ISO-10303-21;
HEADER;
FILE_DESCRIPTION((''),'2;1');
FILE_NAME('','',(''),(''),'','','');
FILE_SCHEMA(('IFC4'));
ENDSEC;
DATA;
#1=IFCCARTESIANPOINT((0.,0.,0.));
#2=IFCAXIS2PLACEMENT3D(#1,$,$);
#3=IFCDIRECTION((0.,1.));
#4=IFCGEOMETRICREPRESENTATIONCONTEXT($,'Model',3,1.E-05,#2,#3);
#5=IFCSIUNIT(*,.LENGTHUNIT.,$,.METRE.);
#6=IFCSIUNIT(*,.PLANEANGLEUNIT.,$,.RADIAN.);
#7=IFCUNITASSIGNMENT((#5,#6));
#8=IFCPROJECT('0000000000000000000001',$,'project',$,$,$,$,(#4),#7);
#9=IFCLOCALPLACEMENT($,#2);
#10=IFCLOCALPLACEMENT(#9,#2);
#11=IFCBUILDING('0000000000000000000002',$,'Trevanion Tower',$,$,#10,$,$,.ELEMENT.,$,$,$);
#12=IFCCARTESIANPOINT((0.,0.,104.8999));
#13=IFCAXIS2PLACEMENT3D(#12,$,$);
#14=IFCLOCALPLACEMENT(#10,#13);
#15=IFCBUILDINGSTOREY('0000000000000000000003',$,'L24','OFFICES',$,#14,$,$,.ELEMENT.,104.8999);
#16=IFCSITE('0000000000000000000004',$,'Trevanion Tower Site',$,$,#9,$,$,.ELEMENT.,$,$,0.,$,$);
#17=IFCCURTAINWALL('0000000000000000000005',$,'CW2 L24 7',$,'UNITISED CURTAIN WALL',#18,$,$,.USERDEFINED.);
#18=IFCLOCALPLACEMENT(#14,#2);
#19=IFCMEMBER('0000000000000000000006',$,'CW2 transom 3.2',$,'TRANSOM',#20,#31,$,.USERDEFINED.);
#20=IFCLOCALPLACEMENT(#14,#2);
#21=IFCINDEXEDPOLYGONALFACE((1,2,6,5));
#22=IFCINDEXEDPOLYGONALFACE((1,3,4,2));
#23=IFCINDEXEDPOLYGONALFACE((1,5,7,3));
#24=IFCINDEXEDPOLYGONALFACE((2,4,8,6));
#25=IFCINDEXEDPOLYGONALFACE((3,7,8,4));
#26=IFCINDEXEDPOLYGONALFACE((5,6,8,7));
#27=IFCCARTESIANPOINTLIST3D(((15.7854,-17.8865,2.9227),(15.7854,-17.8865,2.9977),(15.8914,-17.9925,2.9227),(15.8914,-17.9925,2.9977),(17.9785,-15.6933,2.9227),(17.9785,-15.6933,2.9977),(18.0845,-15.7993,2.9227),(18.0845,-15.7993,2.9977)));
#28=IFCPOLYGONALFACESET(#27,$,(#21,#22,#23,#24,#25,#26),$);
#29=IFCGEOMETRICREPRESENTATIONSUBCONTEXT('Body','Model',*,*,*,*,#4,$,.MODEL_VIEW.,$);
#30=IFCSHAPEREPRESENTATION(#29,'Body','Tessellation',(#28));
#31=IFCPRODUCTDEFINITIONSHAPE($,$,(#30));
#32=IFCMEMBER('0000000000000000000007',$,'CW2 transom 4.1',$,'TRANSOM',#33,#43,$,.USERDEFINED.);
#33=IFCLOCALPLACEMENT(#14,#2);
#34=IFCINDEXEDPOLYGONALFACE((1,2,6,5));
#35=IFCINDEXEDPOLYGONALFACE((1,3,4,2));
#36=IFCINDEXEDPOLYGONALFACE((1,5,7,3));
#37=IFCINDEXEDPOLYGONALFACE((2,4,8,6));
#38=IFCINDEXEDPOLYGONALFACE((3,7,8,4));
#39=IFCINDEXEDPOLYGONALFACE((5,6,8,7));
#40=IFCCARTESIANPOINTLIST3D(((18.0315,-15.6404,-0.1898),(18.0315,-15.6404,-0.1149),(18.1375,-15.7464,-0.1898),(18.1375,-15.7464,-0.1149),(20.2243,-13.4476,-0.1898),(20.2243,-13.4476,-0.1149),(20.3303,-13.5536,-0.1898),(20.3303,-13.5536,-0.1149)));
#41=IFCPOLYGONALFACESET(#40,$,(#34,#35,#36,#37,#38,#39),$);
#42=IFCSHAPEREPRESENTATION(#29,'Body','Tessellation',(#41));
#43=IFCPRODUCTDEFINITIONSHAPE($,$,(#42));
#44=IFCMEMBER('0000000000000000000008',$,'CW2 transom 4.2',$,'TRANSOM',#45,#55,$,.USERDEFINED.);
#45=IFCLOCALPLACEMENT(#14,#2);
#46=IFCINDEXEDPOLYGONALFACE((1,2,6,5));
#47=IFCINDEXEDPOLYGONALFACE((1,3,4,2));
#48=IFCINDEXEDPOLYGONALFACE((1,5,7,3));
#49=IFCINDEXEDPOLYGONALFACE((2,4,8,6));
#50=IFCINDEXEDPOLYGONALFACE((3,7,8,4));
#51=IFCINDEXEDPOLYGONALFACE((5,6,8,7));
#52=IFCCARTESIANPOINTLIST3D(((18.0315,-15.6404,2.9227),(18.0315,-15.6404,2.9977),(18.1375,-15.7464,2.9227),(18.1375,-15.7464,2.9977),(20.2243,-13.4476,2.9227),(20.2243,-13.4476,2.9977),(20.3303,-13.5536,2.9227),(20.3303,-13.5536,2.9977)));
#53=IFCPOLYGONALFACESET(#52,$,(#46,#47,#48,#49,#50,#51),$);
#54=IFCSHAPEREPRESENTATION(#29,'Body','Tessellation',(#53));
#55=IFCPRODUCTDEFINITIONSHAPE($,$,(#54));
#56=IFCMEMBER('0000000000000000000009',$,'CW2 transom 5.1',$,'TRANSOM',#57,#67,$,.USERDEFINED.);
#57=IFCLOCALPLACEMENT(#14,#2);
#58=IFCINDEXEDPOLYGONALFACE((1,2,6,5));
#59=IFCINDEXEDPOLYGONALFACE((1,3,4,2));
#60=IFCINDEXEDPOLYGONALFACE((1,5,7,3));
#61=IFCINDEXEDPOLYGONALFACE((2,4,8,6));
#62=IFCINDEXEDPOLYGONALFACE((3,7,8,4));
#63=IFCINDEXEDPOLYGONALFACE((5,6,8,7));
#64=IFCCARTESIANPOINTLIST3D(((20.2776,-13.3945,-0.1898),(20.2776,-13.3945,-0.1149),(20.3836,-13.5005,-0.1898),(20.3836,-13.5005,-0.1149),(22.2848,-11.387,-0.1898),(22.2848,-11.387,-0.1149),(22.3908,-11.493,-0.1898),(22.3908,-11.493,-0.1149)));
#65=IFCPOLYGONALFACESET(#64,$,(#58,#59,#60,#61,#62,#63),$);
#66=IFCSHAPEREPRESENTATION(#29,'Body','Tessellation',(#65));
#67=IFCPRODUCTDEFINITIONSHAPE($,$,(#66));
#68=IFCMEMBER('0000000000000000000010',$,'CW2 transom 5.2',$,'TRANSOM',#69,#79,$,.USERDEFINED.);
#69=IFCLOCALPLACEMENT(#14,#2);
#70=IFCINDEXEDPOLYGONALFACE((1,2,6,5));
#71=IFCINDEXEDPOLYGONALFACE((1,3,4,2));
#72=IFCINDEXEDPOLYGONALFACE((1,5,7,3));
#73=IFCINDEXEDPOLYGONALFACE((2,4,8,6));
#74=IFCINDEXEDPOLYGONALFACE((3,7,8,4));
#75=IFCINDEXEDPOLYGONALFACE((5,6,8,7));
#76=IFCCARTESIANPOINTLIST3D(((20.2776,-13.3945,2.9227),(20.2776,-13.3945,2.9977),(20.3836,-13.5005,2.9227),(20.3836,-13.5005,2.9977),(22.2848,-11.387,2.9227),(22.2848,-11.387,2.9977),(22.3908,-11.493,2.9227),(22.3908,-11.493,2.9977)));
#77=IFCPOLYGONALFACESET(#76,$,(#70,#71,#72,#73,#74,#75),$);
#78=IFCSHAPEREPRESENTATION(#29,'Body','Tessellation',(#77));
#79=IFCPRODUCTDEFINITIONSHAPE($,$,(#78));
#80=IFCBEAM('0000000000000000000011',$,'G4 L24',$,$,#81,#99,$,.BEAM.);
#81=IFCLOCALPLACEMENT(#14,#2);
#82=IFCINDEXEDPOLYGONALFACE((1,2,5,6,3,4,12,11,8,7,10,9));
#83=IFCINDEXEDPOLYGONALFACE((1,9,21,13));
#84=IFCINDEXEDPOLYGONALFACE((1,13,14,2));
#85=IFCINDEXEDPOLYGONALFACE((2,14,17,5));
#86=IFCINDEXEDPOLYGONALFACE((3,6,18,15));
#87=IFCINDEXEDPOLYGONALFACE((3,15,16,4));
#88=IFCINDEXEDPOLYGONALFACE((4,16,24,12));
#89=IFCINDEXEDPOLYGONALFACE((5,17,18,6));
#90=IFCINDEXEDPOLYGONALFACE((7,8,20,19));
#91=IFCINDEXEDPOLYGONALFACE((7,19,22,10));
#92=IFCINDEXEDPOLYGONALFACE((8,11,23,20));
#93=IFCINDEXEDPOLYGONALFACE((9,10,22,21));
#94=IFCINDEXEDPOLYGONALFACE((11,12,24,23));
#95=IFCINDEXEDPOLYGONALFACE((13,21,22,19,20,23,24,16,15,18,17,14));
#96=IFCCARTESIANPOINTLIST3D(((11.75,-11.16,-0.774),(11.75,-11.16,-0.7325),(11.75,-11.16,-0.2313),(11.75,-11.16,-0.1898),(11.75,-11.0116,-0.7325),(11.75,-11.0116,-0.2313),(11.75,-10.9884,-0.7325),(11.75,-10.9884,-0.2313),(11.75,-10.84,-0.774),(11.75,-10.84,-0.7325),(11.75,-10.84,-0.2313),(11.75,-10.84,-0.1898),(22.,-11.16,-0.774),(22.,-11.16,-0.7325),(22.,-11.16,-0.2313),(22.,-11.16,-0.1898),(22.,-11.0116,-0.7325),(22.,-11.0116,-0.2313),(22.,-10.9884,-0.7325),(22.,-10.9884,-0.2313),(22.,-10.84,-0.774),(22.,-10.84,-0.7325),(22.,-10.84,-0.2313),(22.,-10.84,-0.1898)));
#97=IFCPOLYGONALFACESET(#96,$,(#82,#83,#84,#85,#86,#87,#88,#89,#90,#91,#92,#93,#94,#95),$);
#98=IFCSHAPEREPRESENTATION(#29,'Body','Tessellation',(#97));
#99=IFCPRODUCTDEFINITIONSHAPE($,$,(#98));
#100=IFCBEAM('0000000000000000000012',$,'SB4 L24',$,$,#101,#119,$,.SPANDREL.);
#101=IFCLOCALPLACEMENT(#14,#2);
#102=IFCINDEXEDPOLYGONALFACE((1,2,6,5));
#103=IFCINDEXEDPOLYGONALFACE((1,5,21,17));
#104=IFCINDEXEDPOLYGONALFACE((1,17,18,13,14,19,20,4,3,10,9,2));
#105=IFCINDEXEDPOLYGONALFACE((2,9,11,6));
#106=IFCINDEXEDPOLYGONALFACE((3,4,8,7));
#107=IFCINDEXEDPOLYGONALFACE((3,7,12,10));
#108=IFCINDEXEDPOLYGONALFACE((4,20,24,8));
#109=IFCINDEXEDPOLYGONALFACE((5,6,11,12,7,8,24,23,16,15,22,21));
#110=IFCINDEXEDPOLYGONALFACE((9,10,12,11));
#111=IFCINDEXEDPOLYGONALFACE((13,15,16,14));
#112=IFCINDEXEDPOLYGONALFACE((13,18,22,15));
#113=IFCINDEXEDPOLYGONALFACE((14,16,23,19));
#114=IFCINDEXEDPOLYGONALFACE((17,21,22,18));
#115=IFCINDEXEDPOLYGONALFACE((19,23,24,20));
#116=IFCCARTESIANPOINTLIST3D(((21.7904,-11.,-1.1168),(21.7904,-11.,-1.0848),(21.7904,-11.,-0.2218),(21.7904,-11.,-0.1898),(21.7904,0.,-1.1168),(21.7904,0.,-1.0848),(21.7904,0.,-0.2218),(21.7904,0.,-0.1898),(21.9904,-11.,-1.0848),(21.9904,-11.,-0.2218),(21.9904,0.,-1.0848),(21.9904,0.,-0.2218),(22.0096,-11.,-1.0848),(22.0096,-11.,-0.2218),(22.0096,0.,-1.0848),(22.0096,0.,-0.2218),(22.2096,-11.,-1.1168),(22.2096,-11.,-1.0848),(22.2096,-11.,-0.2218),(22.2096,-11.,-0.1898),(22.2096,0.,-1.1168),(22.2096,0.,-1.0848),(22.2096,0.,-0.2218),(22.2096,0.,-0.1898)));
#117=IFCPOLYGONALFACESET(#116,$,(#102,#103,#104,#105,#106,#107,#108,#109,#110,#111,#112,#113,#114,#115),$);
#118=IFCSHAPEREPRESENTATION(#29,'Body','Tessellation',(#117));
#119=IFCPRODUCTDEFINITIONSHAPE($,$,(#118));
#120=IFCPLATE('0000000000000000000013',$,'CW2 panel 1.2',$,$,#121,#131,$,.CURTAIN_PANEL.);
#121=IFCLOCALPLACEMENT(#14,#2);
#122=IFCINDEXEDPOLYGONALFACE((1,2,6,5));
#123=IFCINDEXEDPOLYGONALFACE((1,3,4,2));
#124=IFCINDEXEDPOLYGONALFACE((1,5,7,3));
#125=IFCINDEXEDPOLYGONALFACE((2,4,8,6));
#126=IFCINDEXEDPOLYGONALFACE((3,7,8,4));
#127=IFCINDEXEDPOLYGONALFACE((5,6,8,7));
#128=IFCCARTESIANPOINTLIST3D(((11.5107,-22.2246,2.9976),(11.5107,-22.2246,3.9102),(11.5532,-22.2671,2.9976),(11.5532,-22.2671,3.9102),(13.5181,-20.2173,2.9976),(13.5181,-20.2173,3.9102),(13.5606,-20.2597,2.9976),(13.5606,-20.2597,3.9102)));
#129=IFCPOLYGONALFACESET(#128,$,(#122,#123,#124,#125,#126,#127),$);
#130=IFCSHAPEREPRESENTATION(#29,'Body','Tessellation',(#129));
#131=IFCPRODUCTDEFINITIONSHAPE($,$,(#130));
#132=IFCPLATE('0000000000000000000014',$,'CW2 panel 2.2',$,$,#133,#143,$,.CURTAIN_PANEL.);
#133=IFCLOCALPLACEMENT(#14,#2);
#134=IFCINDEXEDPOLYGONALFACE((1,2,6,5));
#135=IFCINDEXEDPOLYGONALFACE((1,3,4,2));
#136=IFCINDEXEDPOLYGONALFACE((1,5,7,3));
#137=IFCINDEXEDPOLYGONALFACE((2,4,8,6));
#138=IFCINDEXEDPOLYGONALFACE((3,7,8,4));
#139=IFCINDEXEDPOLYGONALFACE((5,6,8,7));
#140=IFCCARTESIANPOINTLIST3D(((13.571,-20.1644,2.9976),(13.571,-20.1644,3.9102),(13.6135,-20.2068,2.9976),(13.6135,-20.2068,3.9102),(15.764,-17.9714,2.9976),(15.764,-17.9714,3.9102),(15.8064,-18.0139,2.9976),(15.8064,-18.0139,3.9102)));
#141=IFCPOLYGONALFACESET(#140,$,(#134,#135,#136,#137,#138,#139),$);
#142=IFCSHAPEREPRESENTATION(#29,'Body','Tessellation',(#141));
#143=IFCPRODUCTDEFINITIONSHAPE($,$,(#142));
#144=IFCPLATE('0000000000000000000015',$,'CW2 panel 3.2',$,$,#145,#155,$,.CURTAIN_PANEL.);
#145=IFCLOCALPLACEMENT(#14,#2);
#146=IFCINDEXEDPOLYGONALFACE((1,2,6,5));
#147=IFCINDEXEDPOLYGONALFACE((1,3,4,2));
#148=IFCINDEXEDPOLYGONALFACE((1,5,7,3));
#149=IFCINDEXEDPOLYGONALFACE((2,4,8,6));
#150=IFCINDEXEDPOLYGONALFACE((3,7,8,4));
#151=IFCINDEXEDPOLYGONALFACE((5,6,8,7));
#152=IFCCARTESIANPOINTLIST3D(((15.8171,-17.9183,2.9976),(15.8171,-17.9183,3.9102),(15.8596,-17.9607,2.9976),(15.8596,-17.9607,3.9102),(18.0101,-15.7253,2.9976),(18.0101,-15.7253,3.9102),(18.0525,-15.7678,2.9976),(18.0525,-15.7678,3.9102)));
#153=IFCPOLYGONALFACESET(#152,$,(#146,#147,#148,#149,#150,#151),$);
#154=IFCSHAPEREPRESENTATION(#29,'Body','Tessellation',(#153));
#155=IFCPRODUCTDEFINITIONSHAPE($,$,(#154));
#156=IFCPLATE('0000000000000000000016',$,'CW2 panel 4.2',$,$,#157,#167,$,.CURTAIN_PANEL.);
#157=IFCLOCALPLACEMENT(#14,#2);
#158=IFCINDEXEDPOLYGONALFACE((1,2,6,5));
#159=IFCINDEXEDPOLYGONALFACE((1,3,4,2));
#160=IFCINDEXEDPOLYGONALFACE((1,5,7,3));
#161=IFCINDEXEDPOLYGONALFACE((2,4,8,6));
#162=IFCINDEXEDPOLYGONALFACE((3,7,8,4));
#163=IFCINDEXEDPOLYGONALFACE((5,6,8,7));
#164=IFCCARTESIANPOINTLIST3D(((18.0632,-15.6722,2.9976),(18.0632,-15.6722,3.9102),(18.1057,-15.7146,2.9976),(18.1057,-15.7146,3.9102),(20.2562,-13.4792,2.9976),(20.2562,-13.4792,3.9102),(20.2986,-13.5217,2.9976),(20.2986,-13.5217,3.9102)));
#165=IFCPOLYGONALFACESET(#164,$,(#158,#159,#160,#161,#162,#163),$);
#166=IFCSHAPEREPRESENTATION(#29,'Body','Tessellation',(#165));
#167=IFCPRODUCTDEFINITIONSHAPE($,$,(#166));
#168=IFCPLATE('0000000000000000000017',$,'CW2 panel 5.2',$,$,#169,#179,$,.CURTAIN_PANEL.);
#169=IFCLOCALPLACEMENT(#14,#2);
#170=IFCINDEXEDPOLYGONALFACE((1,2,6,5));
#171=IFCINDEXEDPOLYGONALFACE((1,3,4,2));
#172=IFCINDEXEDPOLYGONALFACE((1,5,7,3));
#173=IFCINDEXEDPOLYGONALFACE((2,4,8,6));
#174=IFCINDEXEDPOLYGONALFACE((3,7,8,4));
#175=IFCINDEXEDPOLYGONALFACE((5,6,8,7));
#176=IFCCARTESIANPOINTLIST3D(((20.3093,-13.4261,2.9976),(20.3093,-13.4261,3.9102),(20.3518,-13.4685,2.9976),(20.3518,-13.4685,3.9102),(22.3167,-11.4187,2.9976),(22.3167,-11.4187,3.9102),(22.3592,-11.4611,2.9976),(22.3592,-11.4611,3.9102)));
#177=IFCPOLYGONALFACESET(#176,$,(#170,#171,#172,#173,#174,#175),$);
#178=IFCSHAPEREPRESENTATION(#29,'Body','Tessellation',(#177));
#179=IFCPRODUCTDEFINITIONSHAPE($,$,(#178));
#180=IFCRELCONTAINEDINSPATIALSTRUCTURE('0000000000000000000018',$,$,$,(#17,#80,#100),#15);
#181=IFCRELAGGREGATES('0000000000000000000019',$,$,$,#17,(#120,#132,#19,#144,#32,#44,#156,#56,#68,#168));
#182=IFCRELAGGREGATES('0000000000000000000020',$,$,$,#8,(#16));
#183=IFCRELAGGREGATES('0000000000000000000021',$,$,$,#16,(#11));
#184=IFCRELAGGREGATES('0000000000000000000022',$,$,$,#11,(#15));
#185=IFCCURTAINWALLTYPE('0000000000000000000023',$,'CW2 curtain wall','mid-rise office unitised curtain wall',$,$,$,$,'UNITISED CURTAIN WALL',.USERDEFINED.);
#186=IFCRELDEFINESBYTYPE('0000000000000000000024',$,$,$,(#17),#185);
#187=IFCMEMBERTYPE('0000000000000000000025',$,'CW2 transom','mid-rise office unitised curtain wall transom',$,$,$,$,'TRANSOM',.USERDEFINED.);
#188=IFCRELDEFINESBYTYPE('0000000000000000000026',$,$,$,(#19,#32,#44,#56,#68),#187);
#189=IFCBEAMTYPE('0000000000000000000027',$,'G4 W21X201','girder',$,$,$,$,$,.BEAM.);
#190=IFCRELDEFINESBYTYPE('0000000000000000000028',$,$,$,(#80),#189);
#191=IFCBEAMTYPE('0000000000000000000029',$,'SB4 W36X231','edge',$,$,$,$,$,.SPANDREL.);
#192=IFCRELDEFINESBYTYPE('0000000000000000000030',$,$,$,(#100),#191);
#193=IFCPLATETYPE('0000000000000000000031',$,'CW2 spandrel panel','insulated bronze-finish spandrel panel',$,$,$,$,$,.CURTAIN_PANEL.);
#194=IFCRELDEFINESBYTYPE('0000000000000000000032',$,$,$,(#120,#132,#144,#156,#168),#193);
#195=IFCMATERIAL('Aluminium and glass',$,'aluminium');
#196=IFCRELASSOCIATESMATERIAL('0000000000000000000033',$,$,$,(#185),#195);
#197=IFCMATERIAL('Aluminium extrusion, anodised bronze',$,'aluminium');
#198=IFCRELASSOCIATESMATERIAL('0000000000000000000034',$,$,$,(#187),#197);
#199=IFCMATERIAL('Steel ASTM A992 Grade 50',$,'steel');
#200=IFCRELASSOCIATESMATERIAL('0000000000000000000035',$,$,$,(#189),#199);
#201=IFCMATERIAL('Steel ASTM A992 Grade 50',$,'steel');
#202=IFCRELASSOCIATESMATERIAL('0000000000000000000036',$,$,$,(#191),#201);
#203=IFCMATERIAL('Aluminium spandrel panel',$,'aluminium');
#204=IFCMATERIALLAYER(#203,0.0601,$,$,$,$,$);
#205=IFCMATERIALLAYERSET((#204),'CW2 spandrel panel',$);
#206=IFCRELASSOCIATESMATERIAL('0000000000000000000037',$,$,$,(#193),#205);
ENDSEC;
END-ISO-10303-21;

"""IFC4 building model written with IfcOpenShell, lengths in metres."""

from ifc_helpers import new_model, si_unit, direction, frame, origin, origin_2d, place, context, subcontext, project, spatial, rectangle, i_section, extrude, material, layer, layer_set, material_profile, profile_set, type_object, element, aggregate, save


model = new_model("IFC4")

# Units and contexts
model_context = context("Model", 3, precision=1e-05, world=origin(), true_north=direction((0.0, 1.0)))
body_context = subcontext(model_context, "Body", "Model", "MODEL_VIEW")
ifc_project = project(units=[si_unit("LENGTHUNIT", "METRE"), si_unit("PLANEANGLEUNIT", "RADIAN")], contexts=[model_context])

# Site, building, storey
site_placement = place(None, origin())
site = spatial("IfcSite", under=ifc_project, at=site_placement, Name="Trevanion Tower Site", CompositionType="ELEMENT", RefElevation=0.0)
building_placement = place(site_placement, origin())
building = spatial("IfcBuilding", under=site, at=building_placement, Name="Trevanion Tower", CompositionType="ELEMENT")
storey_placement = place(building_placement, frame((0.0, 0.0, 104.8999)))
storey = spatial("IfcBuildingStorey", under=building, at=storey_placement, Name="L24", Description="OFFICES", CompositionType="ELEMENT", Elevation=104.8999)

# Curtain wall, members
ifc_material_1 = material(Name="Aluminium and glass", Category="aluminium")
curtain_wall_type = type_object("IfcCurtainWallType", Name="CW2 curtain wall", Description="mid-rise office unitised curtain wall", ElementType="UNITISED CURTAIN WALL", PredefinedType="USERDEFINED", material=ifc_material_1)
curtain_wall_placement = place(storey_placement, origin())
curtain_wall = element("IfcCurtainWall", 1, at=curtain_wall_placement, inside=storey, type_object=curtain_wall_type, Name="CW2 L24 7", ObjectType="UNITISED CURTAIN WALL", PredefinedType="USERDEFINED")
ifc_material_2 = material(Name="Aluminium extrusion, anodised bronze", Category="aluminium")
ifc_material_profile_1 = material_profile(ifc_material_2, rectangle(XDim=0.1499, YDim=0.075, at=origin_2d()), Name="CW2 transom")
ifc_profile_set_1 = profile_set([ifc_material_profile_1], Name="Aluminium extrusion, anodised bronze")
member_type_1 = type_object("IfcMemberType", Name="CW2 transom", Description="mid-rise office unitised curtain wall transom", ElementType="TRANSOM", PredefinedType="USERDEFINED", material=ifc_profile_set_1)
member_1_placement = place(storey_placement, frame((15.8384, -17.9395, 2.9602), z_axis=(0.707107, 0.707107, 0.0), x_axis=(-0.707107, 0.707107, 0.0)))
member_1 = element("IfcMember", 2, at=member_1_placement, type_object=member_type_1, Name="CW2 transom 3.2", ObjectType="TRANSOM", PredefinedType="USERDEFINED", context=body_context, shape_type="SweptSolid", body=[
    extrude(rectangle(XDim=0.1499, YDim=0.075, at=origin_2d()), origin(), (0.0, 0.0, 1.0), 3.1016),
])
member_2_placement = place(storey_placement, frame((18.0845, -15.6934, -0.1523), z_axis=(0.707107, 0.707107, 0.0), x_axis=(-0.707107, 0.707107, 0.0)))
member_2 = element("IfcMember", 3, at=member_2_placement, type_object=member_type_1, Name="CW2 transom 4.1", ObjectType="TRANSOM", PredefinedType="USERDEFINED", context=body_context, shape_type="SweptSolid", body=[
    extrude(rectangle(XDim=0.1499, YDim=0.075, at=origin_2d()), origin(), (0.0, 0.0, 1.0), 3.1011),
])
member_3_placement = place(storey_placement, frame((18.0845, -15.6934, 2.9602), z_axis=(0.707107, 0.707107, 0.0), x_axis=(-0.707107, 0.707107, 0.0)))
member_3 = element("IfcMember", 4, at=member_3_placement, type_object=member_type_1, Name="CW2 transom 4.2", ObjectType="TRANSOM", PredefinedType="USERDEFINED", context=body_context, shape_type="SweptSolid", body=[
    extrude(rectangle(XDim=0.1499, YDim=0.075, at=origin_2d()), origin(), (0.0, 0.0, 1.0), 3.1011),
])
member_4_placement = place(storey_placement, frame((20.3306, -13.4475, -0.1523), z_axis=(0.707064, 0.70715, 0.0), x_axis=(-0.70715, 0.707064, 0.0)))
member_4 = element("IfcMember", 5, at=member_4_placement, type_object=member_type_1, Name="CW2 transom 5.1", ObjectType="TRANSOM", PredefinedType="USERDEFINED", context=body_context, shape_type="SweptSolid", body=[
    extrude(rectangle(XDim=0.1499, YDim=0.075, at=origin_2d()), origin(), (0.0, 0.0, 1.0), 2.8389),
])
member_5_placement = place(storey_placement, frame((20.3306, -13.4475, 2.9602), z_axis=(0.707064, 0.70715, 0.0), x_axis=(-0.70715, 0.707064, 0.0)))
member_5 = element("IfcMember", 6, at=member_5_placement, type_object=member_type_1, Name="CW2 transom 5.2", ObjectType="TRANSOM", PredefinedType="USERDEFINED", context=body_context, shape_type="SweptSolid", body=[
    extrude(rectangle(XDim=0.1499, YDim=0.075, at=origin_2d()), origin(), (0.0, 0.0, 1.0), 2.8389),
])

# Beams
ifc_material_3 = material(Name="Steel ASTM A992 Grade 50", Category="steel")
ifc_material_profile_2 = material_profile(ifc_material_3, i_section(OverallWidth=0.3201, OverallDepth=0.5842, WebThickness=0.0232, FlangeThickness=0.0415, at=origin_2d()), Name="W21X201")
ifc_profile_set_2 = profile_set([ifc_material_profile_2], Name="Steel ASTM A992 Grade 50")
beam_type_1 = type_object("IfcBeamType", Name="G4 W21X201", Description="girder", PredefinedType="BEAM", material=ifc_profile_set_2)
beam_1_placement = place(storey_placement, frame((11.75, -11.0, -0.4819), z_axis=(1.0, 0.0, 0.0), x_axis=(0.0, 1.0, 0.0)))
element("IfcBeam", 7, at=beam_1_placement, inside=storey, type_object=beam_type_1, Name="G4 L24", PredefinedType="BEAM", context=body_context, shape_type="SweptSolid", body=[
    extrude(i_section(OverallWidth=0.3201, OverallDepth=0.5842, WebThickness=0.0232, FlangeThickness=0.0415, at=origin_2d()), origin(), (0.0, 0.0, 1.0), 10.25),
])
ifc_material_4 = material(Name="Steel ASTM A992 Grade 50", Category="steel")
ifc_material_profile_3 = material_profile(ifc_material_4, i_section(OverallWidth=0.4192, OverallDepth=0.927, WebThickness=0.0193, FlangeThickness=0.032, at=origin_2d()), Name="W36X231")
ifc_profile_set_3 = profile_set([ifc_material_profile_3], Name="Steel ASTM A992 Grade 50")
beam_type_2 = type_object("IfcBeamType", Name="SB4 W36X231", Description="edge", PredefinedType="SPANDREL", material=ifc_profile_set_3)
beam_2_placement = place(storey_placement, frame((22.0, -11.0, -0.6533), z_axis=(0.0, 1.0, 0.0), x_axis=(-1.0, 0.0, 0.0)))
element("IfcBeam", 8, at=beam_2_placement, inside=storey, type_object=beam_type_2, Name="SB4 L24", PredefinedType="SPANDREL", context=body_context, shape_type="SweptSolid", body=[
    extrude(i_section(OverallWidth=0.4192, OverallDepth=0.927, WebThickness=0.0193, FlangeThickness=0.032, at=origin_2d()), origin(), (0.0, 0.0, 1.0), 11.0),
])

# Plates
ifc_material_5 = material(Name="Aluminium spandrel panel", Category="aluminium")
ifc_layer_1 = layer(ifc_material_5, 0.0601)
ifc_layer_set_1 = layer_set([ifc_layer_1], Name="CW2 spandrel panel")
plate_type_1 = type_object("IfcPlateType", Name="CW2 spandrel panel", Description="insulated bronze-finish spandrel panel", PredefinedType="CURTAIN_PANEL", material=ifc_layer_set_1)
plate_1_placement = place(storey_placement, frame((12.5356, -21.2422, 2.9976), z_axis=(0.0, 0.0, 1.0), x_axis=(0.707107, 0.707107, 0.0)))
plate_1 = element("IfcPlate", 9, at=plate_1_placement, type_object=plate_type_1, Name="CW2 panel 1.2", PredefinedType="CURTAIN_PANEL", context=body_context, shape_type="SweptSolid", body=[
    extrude(rectangle(XDim=2.8389, YDim=0.0601, at=origin_2d()), origin(), (0.0, 0.0, 1.0), 0.9126),
])
plate_2_placement = place(storey_placement, frame((14.6887, -19.0891, 2.9976), z_axis=(0.0, 0.0, 1.0), x_axis=(0.707107, 0.707107, 0.0)))
plate_2 = element("IfcPlate", 10, at=plate_2_placement, type_object=plate_type_1, Name="CW2 panel 2.2", PredefinedType="CURTAIN_PANEL", context=body_context, shape_type="SweptSolid", body=[
    extrude(rectangle(XDim=3.1013, YDim=0.0601, at=origin_2d()), origin(), (0.0, 0.0, 1.0), 0.9126),
])
plate_3_placement = place(storey_placement, frame((16.9348, -16.843, 2.9976), z_axis=(0.0, 0.0, 1.0), x_axis=(0.707107, 0.707107, 0.0)))
plate_3 = element("IfcPlate", 11, at=plate_3_placement, type_object=plate_type_1, Name="CW2 panel 3.2", PredefinedType="CURTAIN_PANEL", context=body_context, shape_type="SweptSolid", body=[
    extrude(rectangle(XDim=3.1013, YDim=0.0601, at=origin_2d()), origin(), (0.0, 0.0, 1.0), 0.9126),
])
plate_4_placement = place(storey_placement, frame((19.1809, -14.5969, 2.9976), z_axis=(0.0, 0.0, 1.0), x_axis=(0.707107, 0.707107, 0.0)))
plate_4 = element("IfcPlate", 12, at=plate_4_placement, type_object=plate_type_1, Name="CW2 panel 4.2", PredefinedType="CURTAIN_PANEL", context=body_context, shape_type="SweptSolid", body=[
    extrude(rectangle(XDim=3.1013, YDim=0.0601, at=origin_2d()), origin(), (0.0, 0.0, 1.0), 0.9126),
])
plate_5_placement = place(storey_placement, frame((21.3342, -12.4436, 2.9976), z_axis=(0.0, 0.0, 1.0), x_axis=(0.707107, 0.707107, 0.0)))
plate_5 = element("IfcPlate", 13, at=plate_5_placement, type_object=plate_type_1, Name="CW2 panel 5.2", PredefinedType="CURTAIN_PANEL", context=body_context, shape_type="SweptSolid", body=[
    extrude(rectangle(XDim=2.8389, YDim=0.0601, at=origin_2d()), origin(), (0.0, 0.0, 1.0), 0.9126),
])
aggregate(curtain_wall, [plate_1, plate_2, member_1, plate_3, member_2, member_3, plate_4, member_4, member_5, plate_5])

save(model, "model.ifc")
